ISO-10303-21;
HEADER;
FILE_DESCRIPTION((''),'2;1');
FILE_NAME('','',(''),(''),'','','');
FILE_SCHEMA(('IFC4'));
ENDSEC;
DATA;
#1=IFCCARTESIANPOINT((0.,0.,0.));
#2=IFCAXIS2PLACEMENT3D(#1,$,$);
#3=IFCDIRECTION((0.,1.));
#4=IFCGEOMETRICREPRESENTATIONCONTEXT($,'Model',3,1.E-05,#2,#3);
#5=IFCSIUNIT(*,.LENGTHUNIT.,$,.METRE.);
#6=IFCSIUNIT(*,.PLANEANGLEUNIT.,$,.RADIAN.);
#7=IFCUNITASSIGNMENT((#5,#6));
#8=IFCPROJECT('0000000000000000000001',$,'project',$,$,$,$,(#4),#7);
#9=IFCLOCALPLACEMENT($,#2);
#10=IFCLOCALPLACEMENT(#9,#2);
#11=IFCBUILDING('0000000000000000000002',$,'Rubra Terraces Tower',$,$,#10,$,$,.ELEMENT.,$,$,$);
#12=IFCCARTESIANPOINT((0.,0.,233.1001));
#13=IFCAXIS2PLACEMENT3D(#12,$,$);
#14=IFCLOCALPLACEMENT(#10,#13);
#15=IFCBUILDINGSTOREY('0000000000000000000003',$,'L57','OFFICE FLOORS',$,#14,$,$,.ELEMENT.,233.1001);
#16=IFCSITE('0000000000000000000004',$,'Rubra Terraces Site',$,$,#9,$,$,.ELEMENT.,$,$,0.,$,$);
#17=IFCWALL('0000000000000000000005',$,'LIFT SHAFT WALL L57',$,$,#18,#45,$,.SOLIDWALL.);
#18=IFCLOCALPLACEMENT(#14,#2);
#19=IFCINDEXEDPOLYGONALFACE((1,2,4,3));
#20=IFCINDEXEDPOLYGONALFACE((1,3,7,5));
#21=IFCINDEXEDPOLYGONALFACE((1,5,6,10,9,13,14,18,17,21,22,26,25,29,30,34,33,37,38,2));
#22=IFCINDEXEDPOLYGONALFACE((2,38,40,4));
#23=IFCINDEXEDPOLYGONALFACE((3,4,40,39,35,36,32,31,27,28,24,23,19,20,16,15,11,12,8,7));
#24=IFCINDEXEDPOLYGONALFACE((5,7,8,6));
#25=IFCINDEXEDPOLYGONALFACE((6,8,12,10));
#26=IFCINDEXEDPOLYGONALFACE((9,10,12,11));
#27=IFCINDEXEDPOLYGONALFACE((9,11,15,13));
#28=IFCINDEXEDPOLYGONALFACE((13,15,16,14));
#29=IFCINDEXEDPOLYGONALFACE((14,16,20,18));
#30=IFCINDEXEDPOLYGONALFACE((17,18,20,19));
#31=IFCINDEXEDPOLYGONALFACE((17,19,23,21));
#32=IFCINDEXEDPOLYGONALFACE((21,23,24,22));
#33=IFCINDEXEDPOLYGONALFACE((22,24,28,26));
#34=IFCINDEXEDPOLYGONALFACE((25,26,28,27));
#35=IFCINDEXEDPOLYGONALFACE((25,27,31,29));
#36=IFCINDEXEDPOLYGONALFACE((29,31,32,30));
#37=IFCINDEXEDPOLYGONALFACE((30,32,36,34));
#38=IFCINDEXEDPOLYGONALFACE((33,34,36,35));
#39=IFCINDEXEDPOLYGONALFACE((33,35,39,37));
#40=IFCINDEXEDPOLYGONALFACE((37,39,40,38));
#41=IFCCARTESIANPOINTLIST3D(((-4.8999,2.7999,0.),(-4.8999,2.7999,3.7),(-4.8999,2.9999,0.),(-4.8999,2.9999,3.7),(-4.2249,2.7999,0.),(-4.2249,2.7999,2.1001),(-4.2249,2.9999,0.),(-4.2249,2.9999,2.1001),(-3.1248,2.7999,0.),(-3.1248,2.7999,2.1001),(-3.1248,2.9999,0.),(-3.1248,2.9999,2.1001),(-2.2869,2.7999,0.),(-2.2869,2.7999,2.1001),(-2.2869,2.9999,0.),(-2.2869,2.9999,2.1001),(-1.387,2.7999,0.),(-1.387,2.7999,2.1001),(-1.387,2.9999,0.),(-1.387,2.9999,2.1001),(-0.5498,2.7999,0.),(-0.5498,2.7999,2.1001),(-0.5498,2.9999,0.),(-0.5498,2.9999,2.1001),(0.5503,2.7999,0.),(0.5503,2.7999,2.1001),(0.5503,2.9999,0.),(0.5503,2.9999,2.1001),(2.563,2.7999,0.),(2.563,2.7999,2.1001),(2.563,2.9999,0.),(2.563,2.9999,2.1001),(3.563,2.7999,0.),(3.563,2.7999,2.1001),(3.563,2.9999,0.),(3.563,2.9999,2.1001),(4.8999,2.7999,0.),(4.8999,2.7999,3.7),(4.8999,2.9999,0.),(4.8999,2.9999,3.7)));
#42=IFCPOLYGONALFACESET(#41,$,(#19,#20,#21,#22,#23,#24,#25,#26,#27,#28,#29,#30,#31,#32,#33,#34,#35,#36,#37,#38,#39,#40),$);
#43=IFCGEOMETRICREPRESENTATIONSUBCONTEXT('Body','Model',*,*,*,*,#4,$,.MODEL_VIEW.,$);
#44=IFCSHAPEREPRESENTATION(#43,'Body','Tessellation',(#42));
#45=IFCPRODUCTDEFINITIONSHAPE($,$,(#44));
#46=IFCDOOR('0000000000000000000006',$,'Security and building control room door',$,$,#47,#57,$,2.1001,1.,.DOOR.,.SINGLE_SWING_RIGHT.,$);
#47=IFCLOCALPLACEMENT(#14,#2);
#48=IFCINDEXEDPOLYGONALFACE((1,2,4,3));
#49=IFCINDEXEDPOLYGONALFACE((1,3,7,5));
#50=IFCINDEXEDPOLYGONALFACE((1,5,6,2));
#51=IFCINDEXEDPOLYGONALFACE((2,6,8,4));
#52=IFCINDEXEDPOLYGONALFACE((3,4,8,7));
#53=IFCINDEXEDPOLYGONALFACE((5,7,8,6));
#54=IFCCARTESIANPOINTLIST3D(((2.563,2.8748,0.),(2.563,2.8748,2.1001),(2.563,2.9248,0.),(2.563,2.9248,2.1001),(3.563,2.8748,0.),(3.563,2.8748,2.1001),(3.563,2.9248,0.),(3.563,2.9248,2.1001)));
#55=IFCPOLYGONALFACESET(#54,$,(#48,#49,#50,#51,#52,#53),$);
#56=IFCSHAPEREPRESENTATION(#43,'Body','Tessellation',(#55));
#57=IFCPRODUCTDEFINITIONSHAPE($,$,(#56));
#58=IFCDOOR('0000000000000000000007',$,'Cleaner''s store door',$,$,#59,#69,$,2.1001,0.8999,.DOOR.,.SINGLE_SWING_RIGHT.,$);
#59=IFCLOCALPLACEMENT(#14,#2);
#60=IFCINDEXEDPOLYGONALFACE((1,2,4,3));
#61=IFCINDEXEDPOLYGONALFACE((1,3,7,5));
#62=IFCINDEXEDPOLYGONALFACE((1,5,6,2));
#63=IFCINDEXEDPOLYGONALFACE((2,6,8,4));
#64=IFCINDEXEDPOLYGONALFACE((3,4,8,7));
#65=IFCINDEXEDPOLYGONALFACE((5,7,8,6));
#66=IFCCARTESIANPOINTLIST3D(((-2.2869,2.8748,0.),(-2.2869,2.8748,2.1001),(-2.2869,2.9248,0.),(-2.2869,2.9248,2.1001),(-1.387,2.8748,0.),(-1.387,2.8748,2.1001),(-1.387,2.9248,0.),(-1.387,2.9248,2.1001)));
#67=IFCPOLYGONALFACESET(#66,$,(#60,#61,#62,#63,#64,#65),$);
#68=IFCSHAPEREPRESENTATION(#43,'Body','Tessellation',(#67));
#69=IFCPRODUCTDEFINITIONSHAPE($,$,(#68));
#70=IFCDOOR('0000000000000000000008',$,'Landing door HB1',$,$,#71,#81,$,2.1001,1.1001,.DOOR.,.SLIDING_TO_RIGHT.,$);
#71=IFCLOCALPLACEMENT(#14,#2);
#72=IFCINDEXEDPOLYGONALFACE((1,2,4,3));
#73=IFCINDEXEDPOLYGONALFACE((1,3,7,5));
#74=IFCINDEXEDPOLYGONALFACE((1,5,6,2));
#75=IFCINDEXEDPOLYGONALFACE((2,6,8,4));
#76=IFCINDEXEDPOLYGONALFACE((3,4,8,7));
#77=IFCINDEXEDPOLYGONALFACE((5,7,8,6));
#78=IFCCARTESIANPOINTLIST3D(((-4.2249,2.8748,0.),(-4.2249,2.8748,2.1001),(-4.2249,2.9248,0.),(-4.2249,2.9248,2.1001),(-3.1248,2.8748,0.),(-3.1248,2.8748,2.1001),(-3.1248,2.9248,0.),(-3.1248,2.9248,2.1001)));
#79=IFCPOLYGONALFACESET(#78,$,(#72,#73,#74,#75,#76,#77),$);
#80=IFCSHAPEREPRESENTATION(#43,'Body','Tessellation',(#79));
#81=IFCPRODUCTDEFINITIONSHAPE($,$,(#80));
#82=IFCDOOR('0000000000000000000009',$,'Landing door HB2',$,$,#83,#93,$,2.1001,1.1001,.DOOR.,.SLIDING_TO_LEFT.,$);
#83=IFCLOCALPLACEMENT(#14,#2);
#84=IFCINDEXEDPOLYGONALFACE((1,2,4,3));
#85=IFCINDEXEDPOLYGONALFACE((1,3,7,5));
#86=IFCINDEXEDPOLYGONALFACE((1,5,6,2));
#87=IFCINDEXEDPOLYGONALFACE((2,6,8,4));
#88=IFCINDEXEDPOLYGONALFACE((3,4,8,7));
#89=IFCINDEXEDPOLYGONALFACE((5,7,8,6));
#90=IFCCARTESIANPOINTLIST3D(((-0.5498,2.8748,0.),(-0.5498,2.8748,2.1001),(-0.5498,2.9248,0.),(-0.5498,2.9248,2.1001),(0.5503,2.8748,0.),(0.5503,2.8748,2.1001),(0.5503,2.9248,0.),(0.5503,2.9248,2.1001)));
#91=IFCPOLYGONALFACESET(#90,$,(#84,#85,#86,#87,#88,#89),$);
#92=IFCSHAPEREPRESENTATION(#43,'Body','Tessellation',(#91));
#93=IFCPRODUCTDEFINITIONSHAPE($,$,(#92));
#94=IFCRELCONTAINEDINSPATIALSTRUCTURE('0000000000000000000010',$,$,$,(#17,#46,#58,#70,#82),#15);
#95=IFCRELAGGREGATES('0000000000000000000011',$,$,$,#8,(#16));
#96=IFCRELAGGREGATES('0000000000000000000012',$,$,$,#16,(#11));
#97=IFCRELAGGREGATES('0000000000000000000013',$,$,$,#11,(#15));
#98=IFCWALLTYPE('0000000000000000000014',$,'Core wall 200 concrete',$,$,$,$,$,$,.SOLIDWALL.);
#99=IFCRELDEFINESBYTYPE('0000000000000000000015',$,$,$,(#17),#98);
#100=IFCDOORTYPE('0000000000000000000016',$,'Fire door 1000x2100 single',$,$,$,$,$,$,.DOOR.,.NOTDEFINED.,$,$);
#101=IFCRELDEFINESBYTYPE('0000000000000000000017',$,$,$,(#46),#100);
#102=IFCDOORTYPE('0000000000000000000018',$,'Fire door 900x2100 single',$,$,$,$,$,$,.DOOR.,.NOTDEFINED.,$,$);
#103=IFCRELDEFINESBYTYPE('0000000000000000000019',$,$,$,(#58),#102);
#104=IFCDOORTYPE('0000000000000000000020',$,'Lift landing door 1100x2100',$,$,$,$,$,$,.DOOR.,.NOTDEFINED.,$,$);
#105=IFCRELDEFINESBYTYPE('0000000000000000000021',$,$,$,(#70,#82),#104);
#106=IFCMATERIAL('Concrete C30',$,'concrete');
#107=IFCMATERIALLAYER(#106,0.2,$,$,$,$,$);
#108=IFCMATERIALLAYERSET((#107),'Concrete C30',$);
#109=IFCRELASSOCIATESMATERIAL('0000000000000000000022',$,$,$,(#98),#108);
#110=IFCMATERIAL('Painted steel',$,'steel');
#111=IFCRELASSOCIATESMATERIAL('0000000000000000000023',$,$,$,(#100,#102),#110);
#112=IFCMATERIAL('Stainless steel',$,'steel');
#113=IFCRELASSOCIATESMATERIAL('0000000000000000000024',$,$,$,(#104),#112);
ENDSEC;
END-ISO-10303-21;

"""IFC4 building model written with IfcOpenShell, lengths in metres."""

from ifc_helpers import new_model, si_unit, direction, frame, frame_2d, origin, place, context, subcontext, project, spatial, rectangle, extrude, material, layer, layer_set, type_object, element, fill, save


model = new_model("IFC4")

# Units and contexts
model_context = context("Model", 3, precision=1e-05, world=origin(), true_north=direction((0.0, 1.0)))
body_context = subcontext(model_context, "Body", "Model", "MODEL_VIEW")
ifc_project = project(units=[si_unit("LENGTHUNIT", "METRE"), si_unit("PLANEANGLEUNIT", "RADIAN")], contexts=[model_context])

# Site, building, storey
site_placement = place(None, origin())
site = spatial("IfcSite", under=ifc_project, at=site_placement, Name="Rubra Terraces Site", CompositionType="ELEMENT", RefElevation=0.0)
building_placement = place(site_placement, origin())
building = spatial("IfcBuilding", under=site, at=building_placement, Name="Rubra Terraces Tower", CompositionType="ELEMENT")
storey_placement = place(building_placement, frame((0.0, 0.0, 233.1001)))
storey = spatial("IfcBuildingStorey", under=building, at=storey_placement, Name="L57", Description="OFFICE FLOORS", CompositionType="ELEMENT", Elevation=233.1001)

# Shared definitions
ifc_material_1 = material(Name="Concrete C30", Category="concrete")
ifc_layer_1 = layer(ifc_material_1, 0.2)
ifc_layer_set_1 = layer_set([ifc_layer_1], Name="Concrete C30")
wall_type_1 = type_object("IfcWallType", Name="Core wall 200 concrete", PredefinedType="SOLIDWALL", material=ifc_layer_set_1)
ifc_material_2 = material(Name="Painted steel", Category="steel")
ifc_material_3 = material(Name="Stainless steel", Category="steel")

# Wall, openings, doors
wall_1_placement = place(storey_placement, frame((-4.8999, 2.8999, 0.0), z_axis=(0.0, 0.0, 1.0), x_axis=(1.0, 0.0, 0.0)))
wall_1 = element("IfcWall", 1, at=wall_1_placement, inside=storey, type_object=wall_type_1, Name="LIFT SHAFT WALL L57", PredefinedType="SOLIDWALL", context=body_context, shape_type="SweptSolid", body=[
    extrude(rectangle(XDim=9.7998, YDim=0.2, at=frame_2d((4.8999, 0.0))), origin(), (0.0, 0.0, 1.0), 3.7),
])
opening_1_placement = place(wall_1_placement, frame((0.675, 0.0, 0.0)))
opening_1 = element("IfcOpeningElement", 2, at=opening_1_placement, cuts=wall_1, PredefinedType="OPENING", context=body_context, shape_type="SweptSolid", body=[
    extrude(rectangle(XDim=1.1001, YDim=2.1001, at=frame_2d((0.55, 1.05))), frame((0.0, 0.1099, 0.0), z_axis=(0.0, -1.0, 0.0), x_axis=(1.0, 0.0, 0.0)), (0.0, 0.0, 1.0), 0.22),
])
opening_2_placement = place(wall_1_placement, frame((2.613, 0.0, 0.0)))
opening_2 = element("IfcOpeningElement", 3, at=opening_2_placement, cuts=wall_1, PredefinedType="OPENING", context=body_context, shape_type="SweptSolid", body=[
    extrude(rectangle(XDim=0.8999, YDim=2.1001, at=frame_2d((0.45, 1.05))), frame((0.0, 0.1099, 0.0), z_axis=(0.0, -1.0, 0.0), x_axis=(1.0, 0.0, 0.0)), (0.0, 0.0, 1.0), 0.22),
])
opening_3_placement = place(wall_1_placement, frame((4.3501, 0.0, 0.0)))
opening_3 = element("IfcOpeningElement", 4, at=opening_3_placement, cuts=wall_1, PredefinedType="OPENING", context=body_context, shape_type="SweptSolid", body=[
    extrude(rectangle(XDim=1.1001, YDim=2.1001, at=frame_2d((0.55, 1.05))), frame((0.0, 0.1099, 0.0), z_axis=(0.0, -1.0, 0.0), x_axis=(1.0, 0.0, 0.0)), (0.0, 0.0, 1.0), 0.22),
])
opening_4_placement = place(wall_1_placement, frame((7.4629, 0.0, 0.0)))
opening_4 = element("IfcOpeningElement", 5, at=opening_4_placement, cuts=wall_1, PredefinedType="OPENING", context=body_context, shape_type="SweptSolid", body=[
    extrude(rectangle(XDim=1.0, YDim=2.1001, at=frame_2d((0.5, 1.05))), frame((0.0, 0.1099, 0.0), z_axis=(0.0, -1.0, 0.0), x_axis=(1.0, 0.0, 0.0)), (0.0, 0.0, 1.0), 0.22),
])
door_type_1 = type_object("IfcDoorType", Name="Fire door 1000x2100 single", OperationType="NOTDEFINED", PredefinedType="DOOR", material=ifc_material_2)
door_1_placement = place(opening_4_placement, origin())
door_1 = element("IfcDoor", 6, at=door_1_placement, inside=storey, type_object=door_type_1, Name="Security and building control room door", OperationType="SINGLE_SWING_RIGHT", OverallHeight=2.1001, OverallWidth=1.0, PredefinedType="DOOR", context=body_context, shape_type="SweptSolid", body=[
    extrude(rectangle(XDim=1.0, YDim=2.1001, at=frame_2d((0.5, 1.05))), frame((0.0, 0.0249, 0.0), z_axis=(0.0, -1.0, 0.0), x_axis=(1.0, 0.0, 0.0)), (0.0, 0.0, 1.0), 0.05),
])
fill(opening_4, door_1)
door_type_2 = type_object("IfcDoorType", Name="Fire door 900x2100 single", OperationType="NOTDEFINED", PredefinedType="DOOR", material=ifc_material_2)
door_2_placement = place(opening_2_placement, origin())
door_2 = element("IfcDoor", 7, at=door_2_placement, inside=storey, type_object=door_type_2, Name="Cleaner's store door", OperationType="SINGLE_SWING_RIGHT", OverallHeight=2.1001, OverallWidth=0.8999, PredefinedType="DOOR", context=body_context, shape_type="SweptSolid", body=[
    extrude(rectangle(XDim=0.8999, YDim=2.1001, at=frame_2d((0.45, 1.05))), frame((0.0, 0.0249, 0.0), z_axis=(0.0, -1.0, 0.0), x_axis=(1.0, 0.0, 0.0)), (0.0, 0.0, 1.0), 0.05),
])
fill(opening_2, door_2)
door_type_3 = type_object("IfcDoorType", Name="Lift landing door 1100x2100", OperationType="NOTDEFINED", PredefinedType="DOOR", material=ifc_material_3)
door_3_placement = place(opening_1_placement, origin())
door_3 = element("IfcDoor", 8, at=door_3_placement, inside=storey, type_object=door_type_3, Name="Landing door HB1", OperationType="SLIDING_TO_RIGHT", OverallHeight=2.1001, OverallWidth=1.1001, PredefinedType="DOOR", context=body_context, shape_type="SweptSolid", body=[
    extrude(rectangle(XDim=1.1001, YDim=2.1001, at=frame_2d((0.55, 1.05))), frame((0.0, 0.0249, 0.0), z_axis=(0.0, -1.0, 0.0), x_axis=(1.0, 0.0, 0.0)), (0.0, 0.0, 1.0), 0.05),
])
fill(opening_1, door_3)
door_4_placement = place(opening_3_placement, origin())
door_4 = element("IfcDoor", 9, at=door_4_placement, inside=storey, type_object=door_type_3, Name="Landing door HB2", OperationType="SLIDING_TO_LEFT", OverallHeight=2.1001, OverallWidth=1.1001, PredefinedType="DOOR", context=body_context, shape_type="SweptSolid", body=[
    extrude(rectangle(XDim=1.1001, YDim=2.1001, at=frame_2d((0.55, 1.05))), frame((0.0, 0.0249, 0.0), z_axis=(0.0, -1.0, 0.0), x_axis=(1.0, 0.0, 0.0)), (0.0, 0.0, 1.0), 0.05),
])
fill(opening_3, door_4)

save(model, "model.ifc")
